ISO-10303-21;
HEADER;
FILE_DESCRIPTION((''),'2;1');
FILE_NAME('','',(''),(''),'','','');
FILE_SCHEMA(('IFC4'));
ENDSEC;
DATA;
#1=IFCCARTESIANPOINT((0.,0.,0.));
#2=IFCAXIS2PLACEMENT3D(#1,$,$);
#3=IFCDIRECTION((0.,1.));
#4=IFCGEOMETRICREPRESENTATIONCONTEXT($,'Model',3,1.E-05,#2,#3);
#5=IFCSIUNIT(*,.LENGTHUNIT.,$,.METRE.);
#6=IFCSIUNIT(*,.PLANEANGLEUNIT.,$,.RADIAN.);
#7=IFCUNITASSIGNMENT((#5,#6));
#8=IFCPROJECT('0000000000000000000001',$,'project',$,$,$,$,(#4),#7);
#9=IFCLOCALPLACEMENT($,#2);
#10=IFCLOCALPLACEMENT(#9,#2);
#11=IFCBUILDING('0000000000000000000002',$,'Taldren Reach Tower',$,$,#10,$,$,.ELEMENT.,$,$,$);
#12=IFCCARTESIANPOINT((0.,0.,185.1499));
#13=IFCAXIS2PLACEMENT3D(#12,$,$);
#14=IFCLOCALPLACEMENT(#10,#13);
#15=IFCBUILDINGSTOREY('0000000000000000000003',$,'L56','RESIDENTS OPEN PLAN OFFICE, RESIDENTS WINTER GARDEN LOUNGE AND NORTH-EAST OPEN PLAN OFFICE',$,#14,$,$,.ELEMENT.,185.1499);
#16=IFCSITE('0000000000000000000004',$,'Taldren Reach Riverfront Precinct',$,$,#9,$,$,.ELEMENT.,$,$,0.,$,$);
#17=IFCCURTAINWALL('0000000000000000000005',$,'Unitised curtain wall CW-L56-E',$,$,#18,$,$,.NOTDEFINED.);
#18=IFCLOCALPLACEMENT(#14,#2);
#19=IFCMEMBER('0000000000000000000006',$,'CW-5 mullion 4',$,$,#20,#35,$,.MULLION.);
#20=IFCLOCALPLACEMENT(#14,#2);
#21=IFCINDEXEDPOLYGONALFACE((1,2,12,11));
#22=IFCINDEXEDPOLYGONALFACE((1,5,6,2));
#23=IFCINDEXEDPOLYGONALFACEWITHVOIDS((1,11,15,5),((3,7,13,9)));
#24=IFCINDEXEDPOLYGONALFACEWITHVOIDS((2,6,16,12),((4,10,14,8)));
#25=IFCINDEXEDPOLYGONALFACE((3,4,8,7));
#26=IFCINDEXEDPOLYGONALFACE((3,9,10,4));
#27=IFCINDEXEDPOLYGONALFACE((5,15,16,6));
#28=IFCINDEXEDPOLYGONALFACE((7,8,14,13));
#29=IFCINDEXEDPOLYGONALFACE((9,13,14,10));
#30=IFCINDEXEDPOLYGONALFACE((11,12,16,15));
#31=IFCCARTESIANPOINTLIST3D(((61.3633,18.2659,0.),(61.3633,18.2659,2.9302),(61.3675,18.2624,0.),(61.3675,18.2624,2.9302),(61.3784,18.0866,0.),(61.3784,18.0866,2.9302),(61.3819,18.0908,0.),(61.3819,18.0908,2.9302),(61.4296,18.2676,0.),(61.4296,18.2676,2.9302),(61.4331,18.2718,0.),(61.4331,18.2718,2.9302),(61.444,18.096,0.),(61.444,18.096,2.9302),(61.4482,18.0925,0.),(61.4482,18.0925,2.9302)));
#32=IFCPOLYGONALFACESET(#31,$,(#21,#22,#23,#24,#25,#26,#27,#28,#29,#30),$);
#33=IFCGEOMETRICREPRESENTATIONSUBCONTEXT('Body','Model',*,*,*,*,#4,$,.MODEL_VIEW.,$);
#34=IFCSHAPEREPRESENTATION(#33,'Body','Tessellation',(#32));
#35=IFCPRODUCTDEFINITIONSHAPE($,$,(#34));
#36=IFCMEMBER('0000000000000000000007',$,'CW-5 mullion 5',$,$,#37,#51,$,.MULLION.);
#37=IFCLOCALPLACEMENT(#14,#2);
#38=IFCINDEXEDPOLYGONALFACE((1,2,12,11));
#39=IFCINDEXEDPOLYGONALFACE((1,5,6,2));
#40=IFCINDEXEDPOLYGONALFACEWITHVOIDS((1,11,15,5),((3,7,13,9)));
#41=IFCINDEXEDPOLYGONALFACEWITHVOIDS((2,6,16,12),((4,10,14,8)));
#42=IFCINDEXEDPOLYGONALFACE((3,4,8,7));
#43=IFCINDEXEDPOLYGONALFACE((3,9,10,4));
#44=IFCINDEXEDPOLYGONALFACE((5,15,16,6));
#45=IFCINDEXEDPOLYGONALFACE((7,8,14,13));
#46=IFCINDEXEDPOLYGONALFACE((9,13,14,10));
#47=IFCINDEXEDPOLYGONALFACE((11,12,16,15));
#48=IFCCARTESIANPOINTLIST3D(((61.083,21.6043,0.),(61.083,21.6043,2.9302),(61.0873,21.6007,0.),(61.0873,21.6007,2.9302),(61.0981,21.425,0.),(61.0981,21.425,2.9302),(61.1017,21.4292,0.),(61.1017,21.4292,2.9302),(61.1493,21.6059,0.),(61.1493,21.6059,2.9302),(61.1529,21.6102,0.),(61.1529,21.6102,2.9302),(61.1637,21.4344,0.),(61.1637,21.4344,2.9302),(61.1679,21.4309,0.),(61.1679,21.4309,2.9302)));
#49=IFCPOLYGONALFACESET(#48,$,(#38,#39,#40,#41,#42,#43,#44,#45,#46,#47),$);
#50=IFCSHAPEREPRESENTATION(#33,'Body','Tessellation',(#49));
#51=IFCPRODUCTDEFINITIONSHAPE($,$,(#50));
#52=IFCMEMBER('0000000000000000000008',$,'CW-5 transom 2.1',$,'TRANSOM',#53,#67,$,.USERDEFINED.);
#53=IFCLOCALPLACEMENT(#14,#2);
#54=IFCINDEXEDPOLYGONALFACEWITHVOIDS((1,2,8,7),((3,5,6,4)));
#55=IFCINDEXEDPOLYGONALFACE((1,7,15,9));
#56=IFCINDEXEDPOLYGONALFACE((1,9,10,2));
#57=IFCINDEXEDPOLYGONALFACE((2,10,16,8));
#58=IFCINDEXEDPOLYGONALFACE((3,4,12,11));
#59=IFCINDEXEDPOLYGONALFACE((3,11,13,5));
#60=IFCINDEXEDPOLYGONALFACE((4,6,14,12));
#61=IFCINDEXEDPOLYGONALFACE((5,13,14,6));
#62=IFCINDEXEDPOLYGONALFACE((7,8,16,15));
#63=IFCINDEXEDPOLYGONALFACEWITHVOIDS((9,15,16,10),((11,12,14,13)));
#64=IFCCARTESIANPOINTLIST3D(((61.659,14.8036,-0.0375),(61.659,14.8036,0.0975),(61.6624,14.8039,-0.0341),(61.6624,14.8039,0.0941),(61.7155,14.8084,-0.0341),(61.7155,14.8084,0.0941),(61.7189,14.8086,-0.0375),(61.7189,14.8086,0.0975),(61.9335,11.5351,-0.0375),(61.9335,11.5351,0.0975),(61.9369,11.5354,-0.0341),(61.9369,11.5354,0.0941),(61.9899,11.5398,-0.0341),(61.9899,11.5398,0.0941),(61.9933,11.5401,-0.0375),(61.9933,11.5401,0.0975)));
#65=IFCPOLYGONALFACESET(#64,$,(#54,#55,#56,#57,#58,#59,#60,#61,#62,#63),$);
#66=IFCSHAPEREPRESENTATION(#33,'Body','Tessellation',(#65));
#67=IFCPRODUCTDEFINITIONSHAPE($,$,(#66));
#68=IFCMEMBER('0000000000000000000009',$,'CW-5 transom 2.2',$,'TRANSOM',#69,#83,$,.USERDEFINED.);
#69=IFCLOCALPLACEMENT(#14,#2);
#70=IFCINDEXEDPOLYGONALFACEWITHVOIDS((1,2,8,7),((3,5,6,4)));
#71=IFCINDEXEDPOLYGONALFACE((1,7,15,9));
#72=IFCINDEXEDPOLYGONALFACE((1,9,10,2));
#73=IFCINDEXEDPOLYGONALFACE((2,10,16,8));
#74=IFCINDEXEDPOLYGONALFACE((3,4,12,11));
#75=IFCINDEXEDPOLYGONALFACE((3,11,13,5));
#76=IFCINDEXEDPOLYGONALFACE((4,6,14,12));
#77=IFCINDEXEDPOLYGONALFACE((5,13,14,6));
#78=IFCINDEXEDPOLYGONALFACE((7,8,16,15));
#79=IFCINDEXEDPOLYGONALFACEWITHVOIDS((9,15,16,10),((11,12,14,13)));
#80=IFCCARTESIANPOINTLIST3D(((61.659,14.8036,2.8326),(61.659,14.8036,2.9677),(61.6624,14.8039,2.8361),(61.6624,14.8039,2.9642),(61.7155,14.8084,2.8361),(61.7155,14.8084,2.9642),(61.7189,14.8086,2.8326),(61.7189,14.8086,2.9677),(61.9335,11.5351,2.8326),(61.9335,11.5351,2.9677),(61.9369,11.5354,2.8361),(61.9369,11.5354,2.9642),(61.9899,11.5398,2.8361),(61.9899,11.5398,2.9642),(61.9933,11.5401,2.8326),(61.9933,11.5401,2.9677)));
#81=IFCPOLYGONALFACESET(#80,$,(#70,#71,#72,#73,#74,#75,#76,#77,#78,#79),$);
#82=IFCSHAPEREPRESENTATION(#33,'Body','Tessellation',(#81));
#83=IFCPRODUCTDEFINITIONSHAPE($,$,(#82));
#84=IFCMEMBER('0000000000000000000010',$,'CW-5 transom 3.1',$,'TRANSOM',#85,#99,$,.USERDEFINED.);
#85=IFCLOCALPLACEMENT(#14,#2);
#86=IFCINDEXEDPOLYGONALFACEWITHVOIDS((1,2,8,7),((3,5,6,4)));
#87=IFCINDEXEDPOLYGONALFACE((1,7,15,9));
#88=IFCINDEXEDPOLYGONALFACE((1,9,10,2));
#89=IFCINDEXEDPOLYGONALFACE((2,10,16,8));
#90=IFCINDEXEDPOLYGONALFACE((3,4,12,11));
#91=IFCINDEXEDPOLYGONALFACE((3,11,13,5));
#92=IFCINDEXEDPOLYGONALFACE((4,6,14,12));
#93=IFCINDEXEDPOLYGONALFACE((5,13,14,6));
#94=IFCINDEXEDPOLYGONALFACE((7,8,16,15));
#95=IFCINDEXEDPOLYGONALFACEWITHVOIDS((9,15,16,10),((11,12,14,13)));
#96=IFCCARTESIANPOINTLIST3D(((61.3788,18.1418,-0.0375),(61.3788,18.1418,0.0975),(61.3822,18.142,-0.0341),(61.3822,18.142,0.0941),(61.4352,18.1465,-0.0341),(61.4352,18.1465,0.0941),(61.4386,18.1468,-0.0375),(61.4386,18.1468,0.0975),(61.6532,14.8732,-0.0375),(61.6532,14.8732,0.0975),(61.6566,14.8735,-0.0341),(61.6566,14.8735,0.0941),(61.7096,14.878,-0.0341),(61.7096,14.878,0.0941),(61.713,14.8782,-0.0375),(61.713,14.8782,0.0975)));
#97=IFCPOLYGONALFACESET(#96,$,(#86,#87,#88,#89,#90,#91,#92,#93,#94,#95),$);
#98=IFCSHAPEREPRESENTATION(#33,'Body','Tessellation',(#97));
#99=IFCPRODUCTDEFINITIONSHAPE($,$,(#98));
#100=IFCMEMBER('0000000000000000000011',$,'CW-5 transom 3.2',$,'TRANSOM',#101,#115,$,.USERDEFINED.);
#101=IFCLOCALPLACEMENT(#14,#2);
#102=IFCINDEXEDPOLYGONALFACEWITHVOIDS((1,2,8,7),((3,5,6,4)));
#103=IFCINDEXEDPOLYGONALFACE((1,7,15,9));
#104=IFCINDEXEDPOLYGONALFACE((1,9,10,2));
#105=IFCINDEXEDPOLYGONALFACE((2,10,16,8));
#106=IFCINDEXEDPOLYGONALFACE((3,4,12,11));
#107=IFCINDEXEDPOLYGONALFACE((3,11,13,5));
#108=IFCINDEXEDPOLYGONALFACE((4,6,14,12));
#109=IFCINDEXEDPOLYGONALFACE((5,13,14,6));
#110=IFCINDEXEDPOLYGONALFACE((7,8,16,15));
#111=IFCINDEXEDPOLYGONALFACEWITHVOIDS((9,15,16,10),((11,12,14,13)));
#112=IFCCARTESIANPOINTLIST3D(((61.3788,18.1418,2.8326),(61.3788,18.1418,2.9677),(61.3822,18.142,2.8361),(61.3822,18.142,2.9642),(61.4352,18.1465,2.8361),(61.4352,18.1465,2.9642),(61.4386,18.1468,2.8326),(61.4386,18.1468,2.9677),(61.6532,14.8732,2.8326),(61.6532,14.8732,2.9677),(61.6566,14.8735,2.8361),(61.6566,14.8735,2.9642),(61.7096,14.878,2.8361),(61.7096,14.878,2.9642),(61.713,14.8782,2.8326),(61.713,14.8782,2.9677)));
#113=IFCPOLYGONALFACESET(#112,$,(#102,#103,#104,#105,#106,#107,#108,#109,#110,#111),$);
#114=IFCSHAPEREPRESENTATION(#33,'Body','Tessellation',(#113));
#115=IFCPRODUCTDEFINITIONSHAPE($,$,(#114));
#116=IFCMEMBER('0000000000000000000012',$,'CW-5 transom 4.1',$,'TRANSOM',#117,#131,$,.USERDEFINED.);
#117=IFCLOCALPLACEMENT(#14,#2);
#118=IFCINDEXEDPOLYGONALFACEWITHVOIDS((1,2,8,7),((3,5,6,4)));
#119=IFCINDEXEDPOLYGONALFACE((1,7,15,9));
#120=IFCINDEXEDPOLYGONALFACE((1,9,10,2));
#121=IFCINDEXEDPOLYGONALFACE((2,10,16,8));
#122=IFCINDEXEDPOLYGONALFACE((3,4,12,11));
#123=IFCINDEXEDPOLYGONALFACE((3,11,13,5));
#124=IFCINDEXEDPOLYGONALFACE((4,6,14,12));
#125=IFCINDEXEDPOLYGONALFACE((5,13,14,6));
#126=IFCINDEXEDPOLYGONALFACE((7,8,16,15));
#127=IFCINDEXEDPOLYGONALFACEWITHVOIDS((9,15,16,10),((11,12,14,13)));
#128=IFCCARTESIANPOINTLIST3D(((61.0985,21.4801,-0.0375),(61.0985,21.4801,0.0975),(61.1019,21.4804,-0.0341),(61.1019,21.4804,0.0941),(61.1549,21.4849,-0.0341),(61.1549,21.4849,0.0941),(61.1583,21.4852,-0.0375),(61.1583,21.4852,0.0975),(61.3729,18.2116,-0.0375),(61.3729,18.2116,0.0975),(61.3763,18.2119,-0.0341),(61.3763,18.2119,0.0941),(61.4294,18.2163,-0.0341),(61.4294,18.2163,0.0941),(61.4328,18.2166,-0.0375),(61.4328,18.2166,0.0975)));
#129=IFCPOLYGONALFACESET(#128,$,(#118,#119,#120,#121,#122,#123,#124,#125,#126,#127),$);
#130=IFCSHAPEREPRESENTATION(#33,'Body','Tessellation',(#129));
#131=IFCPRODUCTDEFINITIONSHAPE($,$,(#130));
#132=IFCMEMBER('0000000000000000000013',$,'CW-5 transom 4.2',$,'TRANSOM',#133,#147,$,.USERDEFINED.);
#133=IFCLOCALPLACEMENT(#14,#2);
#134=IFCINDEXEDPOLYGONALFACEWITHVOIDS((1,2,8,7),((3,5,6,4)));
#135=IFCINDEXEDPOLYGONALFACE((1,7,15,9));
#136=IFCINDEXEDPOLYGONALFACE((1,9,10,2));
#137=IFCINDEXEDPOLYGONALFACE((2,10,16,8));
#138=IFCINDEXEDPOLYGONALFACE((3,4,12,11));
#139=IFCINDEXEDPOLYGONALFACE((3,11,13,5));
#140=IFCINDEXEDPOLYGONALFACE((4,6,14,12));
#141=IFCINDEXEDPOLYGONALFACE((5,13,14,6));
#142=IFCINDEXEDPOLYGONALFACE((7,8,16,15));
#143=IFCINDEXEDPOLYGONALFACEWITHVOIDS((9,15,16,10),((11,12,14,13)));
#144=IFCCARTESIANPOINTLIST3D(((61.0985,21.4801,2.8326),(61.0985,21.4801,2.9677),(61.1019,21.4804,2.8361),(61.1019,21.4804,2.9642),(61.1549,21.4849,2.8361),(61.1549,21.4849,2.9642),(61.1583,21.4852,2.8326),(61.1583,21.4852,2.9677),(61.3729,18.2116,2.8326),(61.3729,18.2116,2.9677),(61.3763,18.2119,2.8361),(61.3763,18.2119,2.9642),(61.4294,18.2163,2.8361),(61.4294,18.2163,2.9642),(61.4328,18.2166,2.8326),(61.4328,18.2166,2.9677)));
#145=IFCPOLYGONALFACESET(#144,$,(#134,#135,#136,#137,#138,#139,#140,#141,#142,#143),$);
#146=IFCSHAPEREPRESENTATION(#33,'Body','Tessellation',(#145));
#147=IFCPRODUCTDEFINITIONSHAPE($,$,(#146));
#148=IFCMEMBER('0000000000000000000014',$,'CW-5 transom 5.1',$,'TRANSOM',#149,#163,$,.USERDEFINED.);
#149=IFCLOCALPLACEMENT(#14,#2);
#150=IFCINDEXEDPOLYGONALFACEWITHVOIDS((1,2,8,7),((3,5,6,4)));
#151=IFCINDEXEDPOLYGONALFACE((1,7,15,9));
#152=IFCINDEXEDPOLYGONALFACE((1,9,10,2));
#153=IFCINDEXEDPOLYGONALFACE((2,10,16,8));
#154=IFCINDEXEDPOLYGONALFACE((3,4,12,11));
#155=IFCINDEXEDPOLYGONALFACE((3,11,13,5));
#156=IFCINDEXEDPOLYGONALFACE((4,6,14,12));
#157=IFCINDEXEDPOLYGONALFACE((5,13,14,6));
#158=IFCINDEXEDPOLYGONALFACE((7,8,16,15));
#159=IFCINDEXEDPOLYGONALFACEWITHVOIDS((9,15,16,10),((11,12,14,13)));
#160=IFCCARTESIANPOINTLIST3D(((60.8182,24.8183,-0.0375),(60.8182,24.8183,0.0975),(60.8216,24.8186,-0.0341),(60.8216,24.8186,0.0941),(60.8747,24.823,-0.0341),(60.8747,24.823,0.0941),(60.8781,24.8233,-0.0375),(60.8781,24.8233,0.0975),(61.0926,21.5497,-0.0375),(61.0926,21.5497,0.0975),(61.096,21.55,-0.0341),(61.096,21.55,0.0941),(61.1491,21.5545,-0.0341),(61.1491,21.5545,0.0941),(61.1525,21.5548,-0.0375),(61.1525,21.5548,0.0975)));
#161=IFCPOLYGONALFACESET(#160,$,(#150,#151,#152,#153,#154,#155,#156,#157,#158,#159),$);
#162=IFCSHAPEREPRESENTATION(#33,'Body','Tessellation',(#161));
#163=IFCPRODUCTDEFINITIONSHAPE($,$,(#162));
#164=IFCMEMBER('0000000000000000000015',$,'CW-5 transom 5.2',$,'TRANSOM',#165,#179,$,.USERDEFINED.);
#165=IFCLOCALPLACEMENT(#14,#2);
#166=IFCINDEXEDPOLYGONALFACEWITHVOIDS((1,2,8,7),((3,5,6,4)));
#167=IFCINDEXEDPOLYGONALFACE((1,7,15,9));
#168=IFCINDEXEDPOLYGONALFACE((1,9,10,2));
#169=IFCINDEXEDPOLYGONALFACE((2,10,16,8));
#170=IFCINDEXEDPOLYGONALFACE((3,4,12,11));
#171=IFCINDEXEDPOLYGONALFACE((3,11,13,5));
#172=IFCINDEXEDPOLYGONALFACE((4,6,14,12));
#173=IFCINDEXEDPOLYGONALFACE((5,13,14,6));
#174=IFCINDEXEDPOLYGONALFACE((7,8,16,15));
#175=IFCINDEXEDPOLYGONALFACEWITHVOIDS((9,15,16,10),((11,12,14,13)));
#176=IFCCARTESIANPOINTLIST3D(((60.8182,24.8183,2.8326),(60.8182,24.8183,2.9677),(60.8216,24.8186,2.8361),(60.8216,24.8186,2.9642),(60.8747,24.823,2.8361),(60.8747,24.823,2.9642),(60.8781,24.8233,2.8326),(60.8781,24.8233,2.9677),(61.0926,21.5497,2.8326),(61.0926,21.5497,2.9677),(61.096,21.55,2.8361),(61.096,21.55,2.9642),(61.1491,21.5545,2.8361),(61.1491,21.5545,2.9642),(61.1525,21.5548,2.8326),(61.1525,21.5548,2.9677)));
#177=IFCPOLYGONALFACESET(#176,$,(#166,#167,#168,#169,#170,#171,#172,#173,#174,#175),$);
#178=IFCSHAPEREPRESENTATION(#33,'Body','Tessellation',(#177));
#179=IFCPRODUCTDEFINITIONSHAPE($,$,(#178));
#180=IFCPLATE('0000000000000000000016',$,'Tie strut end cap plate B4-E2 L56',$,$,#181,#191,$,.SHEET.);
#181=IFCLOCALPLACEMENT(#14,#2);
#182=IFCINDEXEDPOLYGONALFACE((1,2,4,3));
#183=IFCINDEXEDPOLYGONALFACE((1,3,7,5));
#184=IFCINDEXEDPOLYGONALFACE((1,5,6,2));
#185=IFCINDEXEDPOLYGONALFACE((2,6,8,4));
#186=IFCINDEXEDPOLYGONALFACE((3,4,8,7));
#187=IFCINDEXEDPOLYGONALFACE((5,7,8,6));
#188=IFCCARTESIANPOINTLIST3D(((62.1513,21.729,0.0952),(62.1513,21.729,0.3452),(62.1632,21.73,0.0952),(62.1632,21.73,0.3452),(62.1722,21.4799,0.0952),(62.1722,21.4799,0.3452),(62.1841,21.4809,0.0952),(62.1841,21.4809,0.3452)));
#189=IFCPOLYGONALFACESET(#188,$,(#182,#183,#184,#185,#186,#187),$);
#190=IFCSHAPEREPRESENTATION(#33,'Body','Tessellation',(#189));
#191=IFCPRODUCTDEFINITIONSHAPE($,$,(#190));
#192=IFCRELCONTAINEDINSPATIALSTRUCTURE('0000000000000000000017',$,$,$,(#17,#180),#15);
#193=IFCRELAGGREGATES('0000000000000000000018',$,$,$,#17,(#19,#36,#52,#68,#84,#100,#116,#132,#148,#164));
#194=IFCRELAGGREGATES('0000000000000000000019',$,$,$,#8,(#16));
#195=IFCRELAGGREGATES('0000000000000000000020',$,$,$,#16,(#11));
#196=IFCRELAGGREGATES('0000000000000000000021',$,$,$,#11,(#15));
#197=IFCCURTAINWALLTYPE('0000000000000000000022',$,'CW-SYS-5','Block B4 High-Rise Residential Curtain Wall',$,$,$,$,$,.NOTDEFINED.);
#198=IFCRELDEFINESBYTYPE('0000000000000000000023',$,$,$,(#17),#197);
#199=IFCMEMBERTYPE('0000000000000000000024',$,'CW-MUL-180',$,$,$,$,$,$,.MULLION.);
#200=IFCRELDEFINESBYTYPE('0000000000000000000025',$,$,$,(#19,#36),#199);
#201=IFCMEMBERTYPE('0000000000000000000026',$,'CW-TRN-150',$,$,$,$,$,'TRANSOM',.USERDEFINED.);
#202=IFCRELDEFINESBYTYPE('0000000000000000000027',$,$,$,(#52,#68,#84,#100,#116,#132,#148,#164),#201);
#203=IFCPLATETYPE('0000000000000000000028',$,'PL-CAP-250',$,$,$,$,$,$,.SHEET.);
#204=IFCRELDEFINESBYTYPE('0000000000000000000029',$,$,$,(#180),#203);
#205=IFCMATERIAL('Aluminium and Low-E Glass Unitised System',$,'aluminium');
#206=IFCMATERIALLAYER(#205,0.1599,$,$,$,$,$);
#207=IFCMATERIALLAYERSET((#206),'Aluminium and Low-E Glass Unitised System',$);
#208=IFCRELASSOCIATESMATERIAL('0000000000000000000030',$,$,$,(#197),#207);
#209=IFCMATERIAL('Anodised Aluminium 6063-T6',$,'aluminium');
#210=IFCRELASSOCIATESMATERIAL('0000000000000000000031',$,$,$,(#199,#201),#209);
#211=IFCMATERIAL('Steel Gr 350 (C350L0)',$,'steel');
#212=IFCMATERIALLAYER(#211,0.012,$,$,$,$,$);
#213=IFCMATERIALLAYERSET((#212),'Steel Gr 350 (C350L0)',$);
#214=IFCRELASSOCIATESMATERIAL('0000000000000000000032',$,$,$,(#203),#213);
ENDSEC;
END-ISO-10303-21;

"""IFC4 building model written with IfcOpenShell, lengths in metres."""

from ifc_helpers import new_model, si_unit, direction, frame, origin, origin_2d, place, context, subcontext, project, spatial, rectangle, hollow_rectangle, extrude, source, transform, mapped, material, layer, layer_set, material_profile, profile_set, type_object, element, aggregate, save


model = new_model("IFC4")

# Units and contexts
model_context = context("Model", 3, precision=1e-05, world=origin(), true_north=direction((0.0, 1.0)))
body_context = subcontext(model_context, "Body", "Model", "MODEL_VIEW")
ifc_project = project(units=[si_unit("LENGTHUNIT", "METRE"), si_unit("PLANEANGLEUNIT", "RADIAN")], contexts=[model_context])

# Site, building, storey
site_placement = place(None, origin())
site = spatial("IfcSite", under=ifc_project, at=site_placement, Name="Taldren Reach Riverfront Precinct", CompositionType="ELEMENT", RefElevation=0.0)
building_placement = place(site_placement, origin())
building = spatial("IfcBuilding", under=site, at=building_placement, Name="Taldren Reach Tower", CompositionType="ELEMENT")
storey_placement = place(building_placement, frame((0.0, 0.0, 185.1499)))
storey = spatial("IfcBuildingStorey", under=building, at=storey_placement, Name="L56", Description="RESIDENTS OPEN PLAN OFFICE, RESIDENTS WINTER GARDEN LOUNGE AND NORTH-EAST OPEN PLAN OFFICE", CompositionType="ELEMENT", Elevation=185.1499)

# Shared definitions
ifc_material_1 = material(Name="Steel Gr 350 (C350L0)", Category="steel")

# Curtain wall, members
ifc_material_2 = material(Name="Aluminium and Low-E Glass Unitised System", Category="aluminium")
ifc_layer_1 = layer(ifc_material_2, 0.1599)
ifc_layer_set_1 = layer_set([ifc_layer_1], Name="Aluminium and Low-E Glass Unitised System")
curtain_wall_type = type_object("IfcCurtainWallType", Name="CW-SYS-5", Description="Block B4 High-Rise Residential Curtain Wall", PredefinedType="NOTDEFINED", material=ifc_layer_set_1)
curtain_wall_placement = place(storey_placement, origin())
curtain_wall = element("IfcCurtainWall", 1, at=curtain_wall_placement, inside=storey, type_object=curtain_wall_type, Name="Unitised curtain wall CW-L56-E", PredefinedType="NOTDEFINED")
ifc_material_3 = material(Name="Anodised Aluminium 6063-T6", Category="aluminium")
ifc_material_profile_1 = material_profile(ifc_material_3, hollow_rectangle(XDim=0.0701, YDim=0.1799, WallThickness=0.0039, at=origin_2d()), Name="ALU-180x70x4RHS")
ifc_profile_set_1 = profile_set([ifc_material_profile_1], Name="Anodised Aluminium 6063-T6")
member_type_1 = type_object("IfcMemberType", Name="CW-MUL-180", PredefinedType="MULLION", material=ifc_profile_set_1)
shared_shape_1 = source(origin(), body_context, "Body", "SweptSolid", [
    extrude(hollow_rectangle(XDim=0.0701, YDim=0.1799, WallThickness=0.0039, at=origin_2d()), origin(), (0.0, 0.0, 1.0), 2.9302),
])
member_1_placement = place(storey_placement, frame((61.4058, 18.1792, 0.0), z_axis=(0.0, 0.0, 1.0), x_axis=(-0.996493, -0.083678, 0.0)))
member_1 = element("IfcMember", 2, at=member_1_placement, type_object=member_type_1, Name="CW-5 mullion 4", PredefinedType="MULLION", context=body_context, shape_type="MappedRepresentation", body=[
    mapped(shared_shape_1, transform((0.0, 0.0, 0.0), scale=1.0)),
])
member_2_placement = place(storey_placement, frame((61.1255, 21.5176, 0.0), z_axis=(0.0, 0.0, 1.0), x_axis=(-0.996493, -0.083678, 0.0)))
member_2 = element("IfcMember", 3, at=member_2_placement, type_object=member_type_1, Name="CW-5 mullion 5", PredefinedType="MULLION", context=body_context, shape_type="MappedRepresentation", body=[
    mapped(shared_shape_1, transform((0.0, 0.0, 0.0), scale=1.0)),
])
ifc_material_profile_2 = material_profile(ifc_material_3, hollow_rectangle(XDim=0.0601, YDim=0.135, WallThickness=0.0034, at=origin_2d()), Name="ALU-135x60x3.5RHS")
ifc_profile_set_2 = profile_set([ifc_material_profile_2], Name="Anodised Aluminium 6063-T6")
member_type_2 = type_object("IfcMemberType", Name="CW-TRN-150", ElementType="TRANSOM", PredefinedType="USERDEFINED", material=ifc_profile_set_2)
shared_shape_2 = source(origin(), body_context, "Body", "SweptSolid", [
    extrude(hollow_rectangle(XDim=0.0601, YDim=0.135, WallThickness=0.0034, at=origin_2d()), origin(), (0.0, 0.0, 1.0), 3.28),
])
member_3_placement = place(storey_placement, frame((61.9634, 11.5376, 0.03), z_axis=(-0.083661, 0.996494, 0.0), x_axis=(-0.996494, -0.083661, 0.0)))
member_3 = element("IfcMember", 4, at=member_3_placement, type_object=member_type_2, Name="CW-5 transom 2.1", ObjectType="TRANSOM", PredefinedType="USERDEFINED", context=body_context, shape_type="MappedRepresentation", body=[
    mapped(shared_shape_2, transform((0.0, 0.0, 0.0), scale=1.0)),
])
member_4_placement = place(storey_placement, frame((61.9634, 11.5376, 2.9001), z_axis=(-0.083661, 0.996494, 0.0), x_axis=(-0.996494, -0.083661, 0.0)))
member_4 = element("IfcMember", 5, at=member_4_placement, type_object=member_type_2, Name="CW-5 transom 2.2", ObjectType="TRANSOM", PredefinedType="USERDEFINED", context=body_context, shape_type="MappedRepresentation", body=[
    mapped(shared_shape_2, transform((0.0, 0.0, 0.0), scale=1.0)),
])
member_5_placement = place(storey_placement, frame((61.6831, 14.8757, 0.03), z_axis=(-0.083661, 0.996494, 0.0), x_axis=(-0.996494, -0.083661, 0.0)))
member_5 = element("IfcMember", 6, at=member_5_placement, type_object=member_type_2, Name="CW-5 transom 3.1", ObjectType="TRANSOM", PredefinedType="USERDEFINED", context=body_context, shape_type="MappedRepresentation", body=[
    mapped(shared_shape_2, transform((0.0, 0.0, 0.0), scale=1.0)),
])
member_6_placement = place(storey_placement, frame((61.6831, 14.8757, 2.9001), z_axis=(-0.083661, 0.996494, 0.0), x_axis=(-0.996494, -0.083661, 0.0)))
member_6 = element("IfcMember", 7, at=member_6_placement, type_object=member_type_2, Name="CW-5 transom 3.2", ObjectType="TRANSOM", PredefinedType="USERDEFINED", context=body_context, shape_type="MappedRepresentation", body=[
    mapped(shared_shape_2, transform((0.0, 0.0, 0.0), scale=1.0)),
])
member_7_placement = place(storey_placement, frame((61.4028, 18.2141, 0.03), z_axis=(-0.083661, 0.996494, 0.0), x_axis=(-0.996494, -0.083661, 0.0)))
member_7 = element("IfcMember", 8, at=member_7_placement, type_object=member_type_2, Name="CW-5 transom 4.1", ObjectType="TRANSOM", PredefinedType="USERDEFINED", context=body_context, shape_type="MappedRepresentation", body=[
    mapped(shared_shape_2, transform((0.0, 0.0, 0.0), scale=1.0)),
])
member_8_placement = place(storey_placement, frame((61.4028, 18.2141, 2.9001), z_axis=(-0.083661, 0.996494, 0.0), x_axis=(-0.996494, -0.083661, 0.0)))
member_8 = element("IfcMember", 9, at=member_8_placement, type_object=member_type_2, Name="CW-5 transom 4.2", ObjectType="TRANSOM", PredefinedType="USERDEFINED", context=body_context, shape_type="MappedRepresentation", body=[
    mapped(shared_shape_2, transform((0.0, 0.0, 0.0), scale=1.0)),
])
member_9_placement = place(storey_placement, frame((61.1226, 21.5522, 0.03), z_axis=(-0.083661, 0.996494, 0.0), x_axis=(-0.996494, -0.083661, 0.0)))
member_9 = element("IfcMember", 10, at=member_9_placement, type_object=member_type_2, Name="CW-5 transom 5.1", ObjectType="TRANSOM", PredefinedType="USERDEFINED", context=body_context, shape_type="MappedRepresentation", body=[
    mapped(shared_shape_2, transform((0.0, 0.0, 0.0), scale=1.0)),
])
member_10_placement = place(storey_placement, frame((61.1226, 21.5522, 2.9001), z_axis=(-0.083661, 0.996494, 0.0), x_axis=(-0.996494, -0.083661, 0.0)))
member_10 = element("IfcMember", 11, at=member_10_placement, type_object=member_type_2, Name="CW-5 transom 5.2", ObjectType="TRANSOM", PredefinedType="USERDEFINED", context=body_context, shape_type="MappedRepresentation", body=[
    mapped(shared_shape_2, transform((0.0, 0.0, 0.0), scale=1.0)),
])

# Plate
ifc_layer_2 = layer(ifc_material_1, 0.012)
ifc_layer_set_2 = layer_set([ifc_layer_2], Name="Steel Gr 350 (C350L0)")
plate_type_1 = type_object("IfcPlateType", Name="PL-CAP-250", PredefinedType="SHEET", material=ifc_layer_set_2)
shared_shape_3 = source(origin(), body_context, "Body", "SweptSolid", [
    extrude(rectangle(XDim=0.012, YDim=0.25, at=origin_2d()), origin(), (0.0, 0.0, 1.0), 0.25),
])
plate_1_placement = place(storey_placement, frame((62.1677, 21.605, 0.0952), z_axis=(0.0, 0.0, 1.0), x_axis=(0.996493, 0.083678, 0.0)))
element("IfcPlate", 12, at=plate_1_placement, inside=storey, type_object=plate_type_1, Name="Tie strut end cap plate B4-E2 L56", PredefinedType="SHEET", context=body_context, shape_type="MappedRepresentation", body=[
    mapped(shared_shape_3, transform((0.0, 0.0, 0.0), scale=1.0)),
])
aggregate(curtain_wall, [member_1, member_2, member_3, member_4, member_5, member_6, member_7, member_8, member_9, member_10])

save(model, "model.ifc")
